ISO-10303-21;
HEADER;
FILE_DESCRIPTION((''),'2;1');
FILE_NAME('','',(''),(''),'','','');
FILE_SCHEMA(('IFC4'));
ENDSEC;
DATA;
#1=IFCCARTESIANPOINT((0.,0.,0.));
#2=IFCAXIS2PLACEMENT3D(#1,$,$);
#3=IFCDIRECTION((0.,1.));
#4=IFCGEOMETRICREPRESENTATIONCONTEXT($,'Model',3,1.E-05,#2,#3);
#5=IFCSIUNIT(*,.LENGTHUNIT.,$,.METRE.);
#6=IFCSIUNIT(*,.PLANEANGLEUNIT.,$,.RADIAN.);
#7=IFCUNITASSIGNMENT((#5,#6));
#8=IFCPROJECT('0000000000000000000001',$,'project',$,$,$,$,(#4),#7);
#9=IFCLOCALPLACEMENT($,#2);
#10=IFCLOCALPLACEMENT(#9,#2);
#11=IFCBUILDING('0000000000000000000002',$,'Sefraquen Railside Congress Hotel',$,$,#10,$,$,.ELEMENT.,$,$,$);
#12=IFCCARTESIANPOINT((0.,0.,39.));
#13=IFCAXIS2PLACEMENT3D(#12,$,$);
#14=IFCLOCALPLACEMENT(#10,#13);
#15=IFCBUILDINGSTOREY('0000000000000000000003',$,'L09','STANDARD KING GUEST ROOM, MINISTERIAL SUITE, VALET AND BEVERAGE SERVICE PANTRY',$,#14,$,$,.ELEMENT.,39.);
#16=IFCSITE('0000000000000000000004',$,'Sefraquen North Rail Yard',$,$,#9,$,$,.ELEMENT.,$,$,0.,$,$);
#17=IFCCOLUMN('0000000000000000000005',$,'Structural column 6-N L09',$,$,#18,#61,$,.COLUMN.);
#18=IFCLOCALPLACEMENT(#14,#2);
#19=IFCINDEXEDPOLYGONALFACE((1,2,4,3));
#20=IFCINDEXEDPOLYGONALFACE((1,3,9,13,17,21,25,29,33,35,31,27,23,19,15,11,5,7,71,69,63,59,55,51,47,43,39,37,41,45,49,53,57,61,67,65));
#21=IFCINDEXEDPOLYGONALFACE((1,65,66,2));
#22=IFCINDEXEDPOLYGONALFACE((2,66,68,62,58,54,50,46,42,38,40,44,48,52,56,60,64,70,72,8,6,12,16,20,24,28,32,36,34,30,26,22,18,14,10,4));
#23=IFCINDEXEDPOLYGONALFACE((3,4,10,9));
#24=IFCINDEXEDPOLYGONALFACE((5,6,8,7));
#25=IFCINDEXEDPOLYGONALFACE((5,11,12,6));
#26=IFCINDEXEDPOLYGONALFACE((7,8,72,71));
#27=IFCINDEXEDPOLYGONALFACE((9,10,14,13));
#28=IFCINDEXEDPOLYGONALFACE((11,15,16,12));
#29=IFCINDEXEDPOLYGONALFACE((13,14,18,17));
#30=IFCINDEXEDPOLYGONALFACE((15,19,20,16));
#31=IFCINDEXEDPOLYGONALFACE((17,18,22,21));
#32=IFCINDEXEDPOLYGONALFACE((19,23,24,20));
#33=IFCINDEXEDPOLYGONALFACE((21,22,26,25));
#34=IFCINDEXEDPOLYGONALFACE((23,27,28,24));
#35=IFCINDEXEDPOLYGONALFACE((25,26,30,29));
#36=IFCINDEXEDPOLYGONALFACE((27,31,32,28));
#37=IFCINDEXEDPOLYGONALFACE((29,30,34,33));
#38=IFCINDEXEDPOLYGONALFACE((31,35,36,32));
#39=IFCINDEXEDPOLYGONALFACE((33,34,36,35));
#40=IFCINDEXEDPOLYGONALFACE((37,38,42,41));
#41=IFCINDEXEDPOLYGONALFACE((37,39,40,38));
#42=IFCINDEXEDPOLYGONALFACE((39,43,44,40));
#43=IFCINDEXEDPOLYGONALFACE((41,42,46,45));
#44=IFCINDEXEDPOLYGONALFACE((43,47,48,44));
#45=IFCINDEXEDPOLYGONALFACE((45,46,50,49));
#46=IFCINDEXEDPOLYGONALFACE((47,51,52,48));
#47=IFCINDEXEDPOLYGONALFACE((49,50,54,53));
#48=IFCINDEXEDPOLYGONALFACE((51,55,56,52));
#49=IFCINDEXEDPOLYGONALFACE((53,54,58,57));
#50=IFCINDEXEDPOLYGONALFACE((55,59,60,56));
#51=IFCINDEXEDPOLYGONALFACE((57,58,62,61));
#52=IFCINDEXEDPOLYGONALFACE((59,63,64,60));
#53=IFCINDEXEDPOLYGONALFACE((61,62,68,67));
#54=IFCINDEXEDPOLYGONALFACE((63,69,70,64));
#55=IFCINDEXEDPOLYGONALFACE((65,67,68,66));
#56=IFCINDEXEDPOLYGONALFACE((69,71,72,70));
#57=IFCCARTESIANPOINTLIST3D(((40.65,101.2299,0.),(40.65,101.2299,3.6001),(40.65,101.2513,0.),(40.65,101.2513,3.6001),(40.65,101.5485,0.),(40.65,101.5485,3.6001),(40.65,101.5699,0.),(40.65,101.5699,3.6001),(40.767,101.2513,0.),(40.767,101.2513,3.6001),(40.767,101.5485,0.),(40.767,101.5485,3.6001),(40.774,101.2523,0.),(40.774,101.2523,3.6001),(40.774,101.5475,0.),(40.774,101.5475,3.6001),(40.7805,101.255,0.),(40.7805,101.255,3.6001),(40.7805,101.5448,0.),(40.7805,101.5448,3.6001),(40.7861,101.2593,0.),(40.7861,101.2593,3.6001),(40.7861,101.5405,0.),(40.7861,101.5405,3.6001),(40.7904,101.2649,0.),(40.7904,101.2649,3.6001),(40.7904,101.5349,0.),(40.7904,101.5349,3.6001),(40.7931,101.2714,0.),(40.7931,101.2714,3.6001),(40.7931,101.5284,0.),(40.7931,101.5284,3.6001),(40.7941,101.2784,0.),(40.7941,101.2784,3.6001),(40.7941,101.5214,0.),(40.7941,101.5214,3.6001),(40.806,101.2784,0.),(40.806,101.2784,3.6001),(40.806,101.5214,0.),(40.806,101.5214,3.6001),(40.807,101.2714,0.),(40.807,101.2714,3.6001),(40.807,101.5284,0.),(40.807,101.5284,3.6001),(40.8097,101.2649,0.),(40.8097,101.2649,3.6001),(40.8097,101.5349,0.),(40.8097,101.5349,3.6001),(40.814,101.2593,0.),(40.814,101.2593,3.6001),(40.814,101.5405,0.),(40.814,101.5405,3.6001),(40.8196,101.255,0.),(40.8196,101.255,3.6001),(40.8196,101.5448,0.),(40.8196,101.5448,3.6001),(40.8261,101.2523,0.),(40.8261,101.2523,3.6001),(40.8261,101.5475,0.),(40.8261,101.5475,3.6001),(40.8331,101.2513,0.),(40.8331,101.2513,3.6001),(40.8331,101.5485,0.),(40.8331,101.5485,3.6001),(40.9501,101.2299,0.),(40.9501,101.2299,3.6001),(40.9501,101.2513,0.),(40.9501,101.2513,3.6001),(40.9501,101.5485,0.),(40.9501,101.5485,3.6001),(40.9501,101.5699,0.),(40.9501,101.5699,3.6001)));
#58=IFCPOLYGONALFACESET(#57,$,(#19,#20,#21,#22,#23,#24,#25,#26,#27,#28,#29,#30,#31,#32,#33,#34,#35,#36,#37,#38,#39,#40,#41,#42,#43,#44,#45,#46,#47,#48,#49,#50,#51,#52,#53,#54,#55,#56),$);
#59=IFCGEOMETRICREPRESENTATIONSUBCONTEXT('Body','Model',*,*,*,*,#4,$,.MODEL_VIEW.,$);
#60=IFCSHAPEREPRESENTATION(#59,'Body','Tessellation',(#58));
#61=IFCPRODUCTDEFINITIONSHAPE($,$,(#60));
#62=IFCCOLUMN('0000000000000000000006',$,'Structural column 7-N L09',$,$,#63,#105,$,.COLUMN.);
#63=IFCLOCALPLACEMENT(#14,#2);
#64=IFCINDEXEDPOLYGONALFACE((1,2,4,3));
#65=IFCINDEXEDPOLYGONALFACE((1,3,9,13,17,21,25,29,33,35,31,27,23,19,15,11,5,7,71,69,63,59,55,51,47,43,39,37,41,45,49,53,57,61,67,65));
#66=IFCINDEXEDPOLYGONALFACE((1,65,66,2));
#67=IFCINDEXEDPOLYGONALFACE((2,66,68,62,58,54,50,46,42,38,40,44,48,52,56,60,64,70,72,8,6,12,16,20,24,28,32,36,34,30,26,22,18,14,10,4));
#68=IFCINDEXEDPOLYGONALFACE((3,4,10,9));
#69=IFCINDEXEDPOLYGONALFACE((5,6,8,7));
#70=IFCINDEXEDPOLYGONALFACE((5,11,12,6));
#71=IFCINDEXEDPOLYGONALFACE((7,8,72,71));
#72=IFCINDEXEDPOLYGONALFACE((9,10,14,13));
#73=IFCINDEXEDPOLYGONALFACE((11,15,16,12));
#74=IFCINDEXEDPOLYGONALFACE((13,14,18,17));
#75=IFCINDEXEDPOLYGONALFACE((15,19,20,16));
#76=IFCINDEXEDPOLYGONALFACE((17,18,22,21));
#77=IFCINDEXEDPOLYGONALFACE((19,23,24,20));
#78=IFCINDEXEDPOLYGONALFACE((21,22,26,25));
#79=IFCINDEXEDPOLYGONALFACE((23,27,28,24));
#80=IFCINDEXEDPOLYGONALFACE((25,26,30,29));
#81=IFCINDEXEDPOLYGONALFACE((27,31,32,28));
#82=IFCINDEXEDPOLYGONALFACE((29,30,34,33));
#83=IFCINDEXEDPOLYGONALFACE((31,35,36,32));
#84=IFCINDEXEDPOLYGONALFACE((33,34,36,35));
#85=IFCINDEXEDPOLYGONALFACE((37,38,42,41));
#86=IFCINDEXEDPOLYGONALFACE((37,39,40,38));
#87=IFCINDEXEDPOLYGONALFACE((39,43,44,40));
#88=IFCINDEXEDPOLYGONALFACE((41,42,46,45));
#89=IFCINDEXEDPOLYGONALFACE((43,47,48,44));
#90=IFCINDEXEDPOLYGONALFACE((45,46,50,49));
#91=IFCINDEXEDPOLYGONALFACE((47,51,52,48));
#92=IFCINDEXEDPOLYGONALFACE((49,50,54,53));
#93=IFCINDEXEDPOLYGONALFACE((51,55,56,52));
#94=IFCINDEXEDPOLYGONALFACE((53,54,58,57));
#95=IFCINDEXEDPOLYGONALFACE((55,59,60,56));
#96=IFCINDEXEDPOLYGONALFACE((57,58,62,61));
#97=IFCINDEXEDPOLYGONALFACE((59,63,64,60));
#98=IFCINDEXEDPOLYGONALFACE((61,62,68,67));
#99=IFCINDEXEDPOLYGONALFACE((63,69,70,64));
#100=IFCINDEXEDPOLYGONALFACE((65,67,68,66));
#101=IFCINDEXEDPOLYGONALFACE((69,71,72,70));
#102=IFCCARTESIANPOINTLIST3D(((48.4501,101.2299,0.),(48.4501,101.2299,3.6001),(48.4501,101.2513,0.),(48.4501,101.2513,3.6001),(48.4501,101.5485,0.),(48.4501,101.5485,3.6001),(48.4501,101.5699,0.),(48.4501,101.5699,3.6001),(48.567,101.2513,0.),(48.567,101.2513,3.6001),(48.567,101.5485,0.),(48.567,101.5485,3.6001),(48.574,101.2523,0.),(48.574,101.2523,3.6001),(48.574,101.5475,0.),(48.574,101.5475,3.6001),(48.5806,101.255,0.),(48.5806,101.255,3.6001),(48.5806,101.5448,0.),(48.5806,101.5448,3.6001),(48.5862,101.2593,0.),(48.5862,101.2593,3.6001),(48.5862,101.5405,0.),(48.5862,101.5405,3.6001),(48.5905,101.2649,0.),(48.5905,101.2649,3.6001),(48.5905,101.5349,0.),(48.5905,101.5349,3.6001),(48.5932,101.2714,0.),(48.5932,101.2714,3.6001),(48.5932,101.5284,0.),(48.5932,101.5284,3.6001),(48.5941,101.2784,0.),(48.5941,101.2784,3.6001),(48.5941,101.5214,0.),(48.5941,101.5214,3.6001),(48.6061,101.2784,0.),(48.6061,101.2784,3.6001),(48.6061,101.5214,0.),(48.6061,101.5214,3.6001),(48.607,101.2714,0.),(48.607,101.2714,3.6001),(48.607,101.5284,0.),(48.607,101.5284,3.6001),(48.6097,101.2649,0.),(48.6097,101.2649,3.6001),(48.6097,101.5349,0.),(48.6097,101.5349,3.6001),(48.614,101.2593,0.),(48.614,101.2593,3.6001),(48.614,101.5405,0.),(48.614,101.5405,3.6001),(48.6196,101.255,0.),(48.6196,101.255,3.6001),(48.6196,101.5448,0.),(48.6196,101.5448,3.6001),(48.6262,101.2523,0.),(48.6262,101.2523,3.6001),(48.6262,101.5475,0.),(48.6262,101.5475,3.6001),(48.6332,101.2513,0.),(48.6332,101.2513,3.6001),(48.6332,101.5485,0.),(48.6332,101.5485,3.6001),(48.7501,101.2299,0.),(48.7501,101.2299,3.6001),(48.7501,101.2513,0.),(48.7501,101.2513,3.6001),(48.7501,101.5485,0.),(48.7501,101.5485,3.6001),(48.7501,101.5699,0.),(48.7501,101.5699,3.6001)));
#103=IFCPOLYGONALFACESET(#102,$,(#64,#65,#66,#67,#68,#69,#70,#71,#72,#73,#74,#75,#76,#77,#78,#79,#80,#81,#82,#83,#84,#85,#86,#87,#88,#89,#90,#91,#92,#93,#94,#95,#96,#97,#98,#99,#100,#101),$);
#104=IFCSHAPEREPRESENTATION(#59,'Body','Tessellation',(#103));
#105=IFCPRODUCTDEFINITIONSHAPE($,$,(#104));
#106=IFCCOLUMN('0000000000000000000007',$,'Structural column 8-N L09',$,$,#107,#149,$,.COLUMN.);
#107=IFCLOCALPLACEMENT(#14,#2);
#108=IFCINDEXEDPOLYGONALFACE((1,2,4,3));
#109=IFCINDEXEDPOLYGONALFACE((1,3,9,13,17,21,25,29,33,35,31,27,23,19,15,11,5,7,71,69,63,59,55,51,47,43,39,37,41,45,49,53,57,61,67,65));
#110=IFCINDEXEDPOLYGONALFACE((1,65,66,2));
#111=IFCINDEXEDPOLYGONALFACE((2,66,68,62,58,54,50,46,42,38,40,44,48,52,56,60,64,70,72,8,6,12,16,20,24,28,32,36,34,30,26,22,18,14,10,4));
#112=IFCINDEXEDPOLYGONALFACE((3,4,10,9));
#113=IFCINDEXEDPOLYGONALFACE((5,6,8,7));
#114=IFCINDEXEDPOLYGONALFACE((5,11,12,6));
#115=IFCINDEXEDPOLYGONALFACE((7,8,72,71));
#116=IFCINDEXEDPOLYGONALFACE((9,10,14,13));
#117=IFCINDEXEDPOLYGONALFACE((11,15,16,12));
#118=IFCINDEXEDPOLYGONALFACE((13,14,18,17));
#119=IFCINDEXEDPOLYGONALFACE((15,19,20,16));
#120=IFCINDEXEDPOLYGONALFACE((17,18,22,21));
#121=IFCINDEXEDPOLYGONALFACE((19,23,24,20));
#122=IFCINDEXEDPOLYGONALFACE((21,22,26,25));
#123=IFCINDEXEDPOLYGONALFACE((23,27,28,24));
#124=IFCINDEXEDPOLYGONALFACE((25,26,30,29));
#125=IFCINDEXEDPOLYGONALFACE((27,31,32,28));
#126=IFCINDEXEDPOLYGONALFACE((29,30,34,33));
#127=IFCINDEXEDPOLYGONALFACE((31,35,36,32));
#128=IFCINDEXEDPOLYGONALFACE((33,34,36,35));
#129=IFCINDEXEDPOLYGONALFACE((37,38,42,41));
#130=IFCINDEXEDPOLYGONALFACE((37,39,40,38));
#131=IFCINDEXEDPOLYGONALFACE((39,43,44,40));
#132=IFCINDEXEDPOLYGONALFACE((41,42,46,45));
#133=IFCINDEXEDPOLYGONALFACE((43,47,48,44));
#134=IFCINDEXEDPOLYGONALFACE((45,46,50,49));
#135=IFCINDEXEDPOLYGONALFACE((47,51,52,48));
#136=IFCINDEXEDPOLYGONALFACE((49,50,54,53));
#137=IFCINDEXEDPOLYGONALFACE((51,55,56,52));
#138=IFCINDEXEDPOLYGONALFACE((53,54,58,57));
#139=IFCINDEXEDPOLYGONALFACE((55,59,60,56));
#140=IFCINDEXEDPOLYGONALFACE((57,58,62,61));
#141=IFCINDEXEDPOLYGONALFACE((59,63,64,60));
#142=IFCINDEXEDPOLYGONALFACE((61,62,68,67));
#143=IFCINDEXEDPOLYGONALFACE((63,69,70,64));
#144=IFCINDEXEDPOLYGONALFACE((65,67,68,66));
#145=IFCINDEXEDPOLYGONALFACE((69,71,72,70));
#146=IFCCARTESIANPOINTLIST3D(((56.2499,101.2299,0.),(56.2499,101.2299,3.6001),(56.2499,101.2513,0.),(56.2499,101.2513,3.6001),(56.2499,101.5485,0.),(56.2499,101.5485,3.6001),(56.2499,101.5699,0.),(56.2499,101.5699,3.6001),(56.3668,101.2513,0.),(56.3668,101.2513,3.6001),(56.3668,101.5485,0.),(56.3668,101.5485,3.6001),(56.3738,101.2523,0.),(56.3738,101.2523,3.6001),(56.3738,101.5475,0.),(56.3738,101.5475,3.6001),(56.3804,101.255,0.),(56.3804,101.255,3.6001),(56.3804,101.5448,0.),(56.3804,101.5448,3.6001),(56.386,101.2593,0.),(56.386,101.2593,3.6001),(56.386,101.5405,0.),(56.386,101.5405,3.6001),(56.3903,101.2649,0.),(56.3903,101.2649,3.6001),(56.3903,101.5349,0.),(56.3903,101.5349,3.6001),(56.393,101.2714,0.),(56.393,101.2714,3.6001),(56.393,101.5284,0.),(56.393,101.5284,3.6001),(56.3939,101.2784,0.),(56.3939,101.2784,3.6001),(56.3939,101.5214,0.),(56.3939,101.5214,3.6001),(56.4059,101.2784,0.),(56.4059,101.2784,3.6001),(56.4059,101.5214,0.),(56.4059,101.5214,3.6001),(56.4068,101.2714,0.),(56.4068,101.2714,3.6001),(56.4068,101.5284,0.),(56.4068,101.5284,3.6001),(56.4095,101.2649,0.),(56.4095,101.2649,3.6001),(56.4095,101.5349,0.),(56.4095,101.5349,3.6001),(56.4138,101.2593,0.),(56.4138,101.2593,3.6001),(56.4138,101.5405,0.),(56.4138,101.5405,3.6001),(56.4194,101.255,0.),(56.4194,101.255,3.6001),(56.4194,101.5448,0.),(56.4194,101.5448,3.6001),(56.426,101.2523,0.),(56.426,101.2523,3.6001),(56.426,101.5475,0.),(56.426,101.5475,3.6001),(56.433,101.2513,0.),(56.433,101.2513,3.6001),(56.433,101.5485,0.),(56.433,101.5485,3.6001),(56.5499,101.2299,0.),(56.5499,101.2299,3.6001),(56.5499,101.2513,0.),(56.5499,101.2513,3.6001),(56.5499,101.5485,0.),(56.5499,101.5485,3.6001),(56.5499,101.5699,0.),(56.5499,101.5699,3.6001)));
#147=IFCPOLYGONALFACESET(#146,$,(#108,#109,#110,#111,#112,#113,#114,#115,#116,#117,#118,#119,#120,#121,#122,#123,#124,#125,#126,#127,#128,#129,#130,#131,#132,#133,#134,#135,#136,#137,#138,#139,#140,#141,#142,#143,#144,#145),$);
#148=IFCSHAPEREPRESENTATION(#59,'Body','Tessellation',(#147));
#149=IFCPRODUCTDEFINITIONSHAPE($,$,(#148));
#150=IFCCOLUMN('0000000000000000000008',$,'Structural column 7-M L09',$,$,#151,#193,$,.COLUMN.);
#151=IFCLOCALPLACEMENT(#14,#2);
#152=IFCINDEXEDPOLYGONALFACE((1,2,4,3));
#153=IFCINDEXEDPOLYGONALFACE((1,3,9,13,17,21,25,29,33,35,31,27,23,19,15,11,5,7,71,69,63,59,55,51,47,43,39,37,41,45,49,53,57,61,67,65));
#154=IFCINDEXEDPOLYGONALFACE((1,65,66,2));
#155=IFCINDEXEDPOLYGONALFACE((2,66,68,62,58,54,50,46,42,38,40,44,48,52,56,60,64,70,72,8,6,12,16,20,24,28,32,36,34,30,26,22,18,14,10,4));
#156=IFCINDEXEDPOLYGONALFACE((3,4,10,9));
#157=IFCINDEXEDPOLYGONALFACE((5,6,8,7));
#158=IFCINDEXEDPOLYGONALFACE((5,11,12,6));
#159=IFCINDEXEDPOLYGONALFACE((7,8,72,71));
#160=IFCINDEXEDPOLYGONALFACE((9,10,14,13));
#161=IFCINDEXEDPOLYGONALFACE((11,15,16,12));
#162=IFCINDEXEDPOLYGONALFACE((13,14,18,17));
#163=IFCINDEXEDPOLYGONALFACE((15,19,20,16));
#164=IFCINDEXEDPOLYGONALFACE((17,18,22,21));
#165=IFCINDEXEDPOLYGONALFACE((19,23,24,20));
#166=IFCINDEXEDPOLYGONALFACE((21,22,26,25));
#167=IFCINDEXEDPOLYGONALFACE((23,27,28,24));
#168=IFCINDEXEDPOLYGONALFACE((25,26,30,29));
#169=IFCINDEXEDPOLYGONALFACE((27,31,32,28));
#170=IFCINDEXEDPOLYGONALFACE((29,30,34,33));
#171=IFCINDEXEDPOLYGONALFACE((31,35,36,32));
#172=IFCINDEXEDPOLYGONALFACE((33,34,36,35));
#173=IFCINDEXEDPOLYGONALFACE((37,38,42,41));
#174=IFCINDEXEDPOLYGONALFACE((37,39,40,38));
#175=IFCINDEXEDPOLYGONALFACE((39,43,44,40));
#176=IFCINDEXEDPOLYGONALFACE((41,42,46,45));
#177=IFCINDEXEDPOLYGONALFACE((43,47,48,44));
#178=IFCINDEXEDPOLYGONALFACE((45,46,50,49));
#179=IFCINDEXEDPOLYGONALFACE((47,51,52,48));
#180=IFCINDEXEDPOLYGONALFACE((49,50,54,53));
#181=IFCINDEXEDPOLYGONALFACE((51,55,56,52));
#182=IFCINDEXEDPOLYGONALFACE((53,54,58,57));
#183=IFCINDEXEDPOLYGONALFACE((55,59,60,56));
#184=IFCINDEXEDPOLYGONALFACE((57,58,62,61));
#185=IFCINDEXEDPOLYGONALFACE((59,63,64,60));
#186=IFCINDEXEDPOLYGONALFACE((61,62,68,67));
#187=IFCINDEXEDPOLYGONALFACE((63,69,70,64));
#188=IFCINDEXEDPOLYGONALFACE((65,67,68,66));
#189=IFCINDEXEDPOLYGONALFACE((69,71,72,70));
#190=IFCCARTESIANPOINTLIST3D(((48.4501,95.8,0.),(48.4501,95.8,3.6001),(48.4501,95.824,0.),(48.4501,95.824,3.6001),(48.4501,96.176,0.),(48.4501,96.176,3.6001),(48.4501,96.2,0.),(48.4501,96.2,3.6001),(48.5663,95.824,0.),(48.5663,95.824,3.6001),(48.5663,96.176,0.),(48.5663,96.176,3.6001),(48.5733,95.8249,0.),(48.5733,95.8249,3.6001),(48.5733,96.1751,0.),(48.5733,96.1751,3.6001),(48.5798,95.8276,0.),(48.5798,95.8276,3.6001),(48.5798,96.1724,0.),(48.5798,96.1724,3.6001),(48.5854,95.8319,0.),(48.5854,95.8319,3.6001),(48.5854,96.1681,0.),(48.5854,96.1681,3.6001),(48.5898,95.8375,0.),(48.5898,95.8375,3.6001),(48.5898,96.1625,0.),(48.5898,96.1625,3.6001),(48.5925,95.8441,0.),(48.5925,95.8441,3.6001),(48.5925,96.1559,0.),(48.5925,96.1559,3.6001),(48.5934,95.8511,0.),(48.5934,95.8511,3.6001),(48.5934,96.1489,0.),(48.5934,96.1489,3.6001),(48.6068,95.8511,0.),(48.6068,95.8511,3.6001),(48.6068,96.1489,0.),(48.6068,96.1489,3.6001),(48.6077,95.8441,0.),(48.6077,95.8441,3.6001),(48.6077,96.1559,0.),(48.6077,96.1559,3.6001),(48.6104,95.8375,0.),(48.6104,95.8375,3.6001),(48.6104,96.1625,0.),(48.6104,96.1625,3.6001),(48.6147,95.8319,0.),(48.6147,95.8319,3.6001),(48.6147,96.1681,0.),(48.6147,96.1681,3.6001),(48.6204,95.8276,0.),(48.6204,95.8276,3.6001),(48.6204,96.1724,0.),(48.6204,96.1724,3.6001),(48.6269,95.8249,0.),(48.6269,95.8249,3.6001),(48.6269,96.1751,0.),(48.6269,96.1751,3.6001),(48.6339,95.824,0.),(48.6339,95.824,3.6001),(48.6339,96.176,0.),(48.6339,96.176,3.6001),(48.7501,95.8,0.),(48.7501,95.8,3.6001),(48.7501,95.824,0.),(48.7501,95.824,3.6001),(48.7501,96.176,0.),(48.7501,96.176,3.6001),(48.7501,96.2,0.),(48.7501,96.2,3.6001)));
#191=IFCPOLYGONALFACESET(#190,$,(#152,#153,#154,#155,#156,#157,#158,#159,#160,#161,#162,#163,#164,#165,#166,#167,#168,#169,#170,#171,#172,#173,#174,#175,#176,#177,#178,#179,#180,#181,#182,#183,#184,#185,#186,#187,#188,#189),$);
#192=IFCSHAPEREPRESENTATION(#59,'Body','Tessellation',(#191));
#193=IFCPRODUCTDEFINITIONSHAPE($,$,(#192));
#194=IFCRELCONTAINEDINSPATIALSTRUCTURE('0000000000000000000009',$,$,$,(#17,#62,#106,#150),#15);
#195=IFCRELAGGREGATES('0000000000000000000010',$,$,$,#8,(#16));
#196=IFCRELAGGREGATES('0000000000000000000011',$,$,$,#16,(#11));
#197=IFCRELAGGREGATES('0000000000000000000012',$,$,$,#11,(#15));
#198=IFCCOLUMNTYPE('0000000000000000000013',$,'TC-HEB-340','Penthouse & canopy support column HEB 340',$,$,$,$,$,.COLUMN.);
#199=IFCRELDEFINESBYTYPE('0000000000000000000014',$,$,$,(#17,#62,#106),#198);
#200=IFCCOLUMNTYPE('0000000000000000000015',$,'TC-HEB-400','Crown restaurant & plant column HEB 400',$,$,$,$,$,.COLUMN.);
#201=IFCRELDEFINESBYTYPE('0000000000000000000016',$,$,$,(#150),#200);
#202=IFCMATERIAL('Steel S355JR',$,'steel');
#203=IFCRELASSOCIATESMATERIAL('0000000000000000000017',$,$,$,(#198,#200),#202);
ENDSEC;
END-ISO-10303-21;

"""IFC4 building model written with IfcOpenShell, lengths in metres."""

from ifc_helpers import new_model, si_unit, direction, frame, origin, origin_2d, place, context, subcontext, project, spatial, i_section, extrude, material, material_profile, profile_set, type_object, element, save


model = new_model("IFC4")

# Units and contexts
model_context = context("Model", 3, precision=1e-05, world=origin(), true_north=direction((0.0, 1.0)))
body_context = subcontext(model_context, "Body", "Model", "MODEL_VIEW")
ifc_project = project(units=[si_unit("LENGTHUNIT", "METRE"), si_unit("PLANEANGLEUNIT", "RADIAN")], contexts=[model_context])

# Site, building, storey
site_placement = place(None, origin())
site = spatial("IfcSite", under=ifc_project, at=site_placement, Name="Sefraquen North Rail Yard", CompositionType="ELEMENT", RefElevation=0.0)
building_placement = place(site_placement, origin())
building = spatial("IfcBuilding", under=site, at=building_placement, Name="Sefraquen Railside Congress Hotel", CompositionType="ELEMENT")
storey_placement = place(building_placement, frame((0.0, 0.0, 39.0)))
storey = spatial("IfcBuildingStorey", under=building, at=storey_placement, Name="L09", Description="STANDARD KING GUEST ROOM, MINISTERIAL SUITE, VALET AND BEVERAGE SERVICE PANTRY", CompositionType="ELEMENT", Elevation=39.0)

# Columns
ifc_material_1 = material(Name="Steel S355JR", Category="steel")
ifc_material_profile_1 = material_profile(ifc_material_1, i_section(OverallWidth=0.3, OverallDepth=0.3401, WebThickness=0.012, FlangeThickness=0.0215, FilletRadius=0.0271, at=origin_2d()), Name="HEB 340")
ifc_profile_set_1 = profile_set([ifc_material_profile_1], Name="Steel S355JR")
column_type_1 = type_object("IfcColumnType", Name="TC-HEB-340", Description="Penthouse & canopy support column HEB 340", PredefinedType="COLUMN", material=ifc_profile_set_1)
for number, where, z_axis, x_axis, name in (
    (1, (40.8, 101.3999, 0.0), (0.0, 0.0, 1.0), (1.0, 0.0, 0.0), "Structural column 6-N L09"),
    (2, (48.6001, 101.3999, 0.0), (0.0, 0.0, 1.0), (1.0, 0.0, 0.0), "Structural column 7-N L09"),
    (3, (56.3999, 101.3999, 0.0), (0.0, 0.0, 1.0), (1.0, 0.0, 0.0), "Structural column 8-N L09"),
):
    element("IfcColumn", number, at=place(storey_placement, frame(where, z_axis=z_axis, x_axis=x_axis)), inside=storey, type_object=column_type_1, Name=name, PredefinedType="COLUMN", context=body_context, shape_type="SweptSolid", body=[
        extrude(i_section(OverallWidth=0.3, OverallDepth=0.3401, WebThickness=0.012, FlangeThickness=0.0215, FilletRadius=0.0271, at=origin_2d()), origin(), (0.0, 0.0, 1.0), 3.6001),
    ])
ifc_material_profile_2 = material_profile(ifc_material_1, i_section(OverallWidth=0.3, OverallDepth=0.3999, WebThickness=0.0134, FlangeThickness=0.0239, FilletRadius=0.0271, at=origin_2d()), Name="HEB 400")
ifc_profile_set_2 = profile_set([ifc_material_profile_2], Name="Steel S355JR")
column_type_2 = type_object("IfcColumnType", Name="TC-HEB-400", Description="Crown restaurant & plant column HEB 400", PredefinedType="COLUMN", material=ifc_profile_set_2)
for number, where, z_axis, x_axis, name in (
    (4, (48.6001, 96.0, 0.0), (0.0, 0.0, 1.0), (1.0, 0.0, 0.0), "Structural column 7-M L09"),
):
    element("IfcColumn", number, at=place(storey_placement, frame(where, z_axis=z_axis, x_axis=x_axis)), inside=storey, type_object=column_type_2, Name=name, PredefinedType="COLUMN", context=body_context, shape_type="SweptSolid", body=[
        extrude(i_section(OverallWidth=0.3, OverallDepth=0.3999, WebThickness=0.0134, FlangeThickness=0.0239, FilletRadius=0.0271, at=origin_2d()), origin(), (0.0, 0.0, 1.0), 3.6001),
    ])

save(model, "model.ifc")
